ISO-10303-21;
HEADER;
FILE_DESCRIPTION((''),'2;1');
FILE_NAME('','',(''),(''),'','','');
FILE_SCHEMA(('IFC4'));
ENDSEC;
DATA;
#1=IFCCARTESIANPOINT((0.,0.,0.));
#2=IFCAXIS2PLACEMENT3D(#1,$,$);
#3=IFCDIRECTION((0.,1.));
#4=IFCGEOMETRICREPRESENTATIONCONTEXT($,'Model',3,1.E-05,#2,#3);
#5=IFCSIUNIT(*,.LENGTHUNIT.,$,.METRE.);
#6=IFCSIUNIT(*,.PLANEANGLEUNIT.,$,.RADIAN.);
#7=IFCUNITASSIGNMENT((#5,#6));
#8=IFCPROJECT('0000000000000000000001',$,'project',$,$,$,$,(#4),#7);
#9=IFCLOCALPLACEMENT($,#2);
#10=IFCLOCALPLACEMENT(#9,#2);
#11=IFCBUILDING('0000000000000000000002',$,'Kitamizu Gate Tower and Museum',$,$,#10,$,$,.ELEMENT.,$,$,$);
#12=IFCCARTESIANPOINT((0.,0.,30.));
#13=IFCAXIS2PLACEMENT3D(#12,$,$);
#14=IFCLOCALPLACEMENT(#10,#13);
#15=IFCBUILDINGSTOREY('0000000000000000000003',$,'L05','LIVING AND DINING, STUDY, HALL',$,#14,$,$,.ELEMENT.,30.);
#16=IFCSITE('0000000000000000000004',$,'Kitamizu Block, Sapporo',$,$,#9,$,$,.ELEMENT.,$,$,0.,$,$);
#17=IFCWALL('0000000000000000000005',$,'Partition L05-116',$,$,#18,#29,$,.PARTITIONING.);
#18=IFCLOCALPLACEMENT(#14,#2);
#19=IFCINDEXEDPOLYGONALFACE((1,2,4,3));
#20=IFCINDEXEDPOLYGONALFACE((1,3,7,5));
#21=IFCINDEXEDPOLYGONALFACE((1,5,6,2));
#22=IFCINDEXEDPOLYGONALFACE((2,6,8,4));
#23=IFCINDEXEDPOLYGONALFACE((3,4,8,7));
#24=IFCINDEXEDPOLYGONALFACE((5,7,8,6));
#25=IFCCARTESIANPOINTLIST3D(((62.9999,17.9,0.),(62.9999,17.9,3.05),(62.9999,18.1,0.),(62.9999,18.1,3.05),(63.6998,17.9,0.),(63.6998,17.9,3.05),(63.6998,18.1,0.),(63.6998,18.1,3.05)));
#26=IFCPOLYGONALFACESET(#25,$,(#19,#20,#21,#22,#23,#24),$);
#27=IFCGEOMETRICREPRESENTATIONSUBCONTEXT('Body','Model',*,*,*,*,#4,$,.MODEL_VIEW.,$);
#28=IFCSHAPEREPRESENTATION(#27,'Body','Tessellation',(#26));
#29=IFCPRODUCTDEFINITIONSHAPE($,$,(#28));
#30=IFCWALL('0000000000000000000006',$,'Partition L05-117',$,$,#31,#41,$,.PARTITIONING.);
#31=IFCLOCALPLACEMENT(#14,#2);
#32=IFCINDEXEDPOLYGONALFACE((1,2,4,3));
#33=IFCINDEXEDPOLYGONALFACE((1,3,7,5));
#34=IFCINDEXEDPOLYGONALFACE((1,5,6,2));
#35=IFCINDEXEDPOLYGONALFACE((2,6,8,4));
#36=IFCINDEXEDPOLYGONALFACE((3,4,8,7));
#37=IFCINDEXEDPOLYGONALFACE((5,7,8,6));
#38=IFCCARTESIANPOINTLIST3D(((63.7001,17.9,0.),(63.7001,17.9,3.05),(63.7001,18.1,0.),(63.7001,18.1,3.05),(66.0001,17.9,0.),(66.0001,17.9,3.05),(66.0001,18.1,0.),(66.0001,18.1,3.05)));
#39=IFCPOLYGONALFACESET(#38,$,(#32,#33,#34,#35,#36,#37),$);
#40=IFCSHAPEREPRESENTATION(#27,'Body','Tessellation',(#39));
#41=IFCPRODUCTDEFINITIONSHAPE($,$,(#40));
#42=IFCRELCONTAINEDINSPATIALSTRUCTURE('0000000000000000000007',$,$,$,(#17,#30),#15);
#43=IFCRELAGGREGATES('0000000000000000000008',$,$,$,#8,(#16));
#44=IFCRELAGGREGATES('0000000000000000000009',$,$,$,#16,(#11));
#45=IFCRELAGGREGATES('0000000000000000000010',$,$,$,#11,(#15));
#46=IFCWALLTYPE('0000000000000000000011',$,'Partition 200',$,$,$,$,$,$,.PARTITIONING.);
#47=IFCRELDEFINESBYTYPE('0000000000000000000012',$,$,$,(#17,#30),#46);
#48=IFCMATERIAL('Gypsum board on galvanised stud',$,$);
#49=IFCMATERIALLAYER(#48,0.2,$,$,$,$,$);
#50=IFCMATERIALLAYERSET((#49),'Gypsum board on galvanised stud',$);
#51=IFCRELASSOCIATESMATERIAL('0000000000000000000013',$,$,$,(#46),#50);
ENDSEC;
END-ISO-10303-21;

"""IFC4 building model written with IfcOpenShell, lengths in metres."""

from ifc_helpers import new_model, si_unit, direction, frame, frame_2d, origin, place, context, subcontext, project, spatial, rectangle, extrude, material, layer, layer_set, type_object, element, save


model = new_model("IFC4")

# Units and contexts
model_context = context("Model", 3, precision=1e-05, world=origin(), true_north=direction((0.0, 1.0)))
body_context = subcontext(model_context, "Body", "Model", "MODEL_VIEW")
ifc_project = project(units=[si_unit("LENGTHUNIT", "METRE"), si_unit("PLANEANGLEUNIT", "RADIAN")], contexts=[model_context])

# Site, building, storey
site_placement = place(None, origin())
site = spatial("IfcSite", under=ifc_project, at=site_placement, Name="Kitamizu Block, Sapporo", CompositionType="ELEMENT", RefElevation=0.0)
building_placement = place(site_placement, origin())
building = spatial("IfcBuilding", under=site, at=building_placement, Name="Kitamizu Gate Tower and Museum", CompositionType="ELEMENT")
storey_placement = place(building_placement, frame((0.0, 0.0, 30.0)))
storey = spatial("IfcBuildingStorey", under=building, at=storey_placement, Name="L05", Description="LIVING AND DINING, STUDY, HALL", CompositionType="ELEMENT", Elevation=30.0)

# Walls
ifc_material_1 = material(Name="Gypsum board on galvanised stud")
ifc_layer_1 = layer(ifc_material_1, 0.2)
ifc_layer_set_1 = layer_set([ifc_layer_1], Name="Gypsum board on galvanised stud")
wall_type_1 = type_object("IfcWallType", Name="Partition 200", PredefinedType="PARTITIONING", material=ifc_layer_set_1)
wall_1_placement = place(storey_placement, frame((63.7, 18.0, 0.0), z_axis=(0.0, 0.0, 1.0), x_axis=(-1.0, 0.0, 0.0)))
element("IfcWall", 1, at=wall_1_placement, inside=storey, type_object=wall_type_1, Name="Partition L05-116", PredefinedType="PARTITIONING", context=body_context, shape_type="SweptSolid", body=[
    extrude(rectangle(XDim=0.7, YDim=0.2, at=frame_2d((0.3501, 0.0))), origin(), (0.0, 0.0, 1.0), 3.05),
])
wall_2_placement = place(storey_placement, frame((66.0, 18.0, 0.0), z_axis=(0.0, 0.0, 1.0), x_axis=(-1.0, 0.0, 0.0)))
element("IfcWall", 2, at=wall_2_placement, inside=storey, type_object=wall_type_1, Name="Partition L05-117", PredefinedType="PARTITIONING", context=body_context, shape_type="SweptSolid", body=[
    extrude(rectangle(XDim=2.3, YDim=0.2, at=frame_2d((1.1499, 0.0))), origin(), (0.0, 0.0, 1.0), 3.05),
])

save(model, "model.ifc")
